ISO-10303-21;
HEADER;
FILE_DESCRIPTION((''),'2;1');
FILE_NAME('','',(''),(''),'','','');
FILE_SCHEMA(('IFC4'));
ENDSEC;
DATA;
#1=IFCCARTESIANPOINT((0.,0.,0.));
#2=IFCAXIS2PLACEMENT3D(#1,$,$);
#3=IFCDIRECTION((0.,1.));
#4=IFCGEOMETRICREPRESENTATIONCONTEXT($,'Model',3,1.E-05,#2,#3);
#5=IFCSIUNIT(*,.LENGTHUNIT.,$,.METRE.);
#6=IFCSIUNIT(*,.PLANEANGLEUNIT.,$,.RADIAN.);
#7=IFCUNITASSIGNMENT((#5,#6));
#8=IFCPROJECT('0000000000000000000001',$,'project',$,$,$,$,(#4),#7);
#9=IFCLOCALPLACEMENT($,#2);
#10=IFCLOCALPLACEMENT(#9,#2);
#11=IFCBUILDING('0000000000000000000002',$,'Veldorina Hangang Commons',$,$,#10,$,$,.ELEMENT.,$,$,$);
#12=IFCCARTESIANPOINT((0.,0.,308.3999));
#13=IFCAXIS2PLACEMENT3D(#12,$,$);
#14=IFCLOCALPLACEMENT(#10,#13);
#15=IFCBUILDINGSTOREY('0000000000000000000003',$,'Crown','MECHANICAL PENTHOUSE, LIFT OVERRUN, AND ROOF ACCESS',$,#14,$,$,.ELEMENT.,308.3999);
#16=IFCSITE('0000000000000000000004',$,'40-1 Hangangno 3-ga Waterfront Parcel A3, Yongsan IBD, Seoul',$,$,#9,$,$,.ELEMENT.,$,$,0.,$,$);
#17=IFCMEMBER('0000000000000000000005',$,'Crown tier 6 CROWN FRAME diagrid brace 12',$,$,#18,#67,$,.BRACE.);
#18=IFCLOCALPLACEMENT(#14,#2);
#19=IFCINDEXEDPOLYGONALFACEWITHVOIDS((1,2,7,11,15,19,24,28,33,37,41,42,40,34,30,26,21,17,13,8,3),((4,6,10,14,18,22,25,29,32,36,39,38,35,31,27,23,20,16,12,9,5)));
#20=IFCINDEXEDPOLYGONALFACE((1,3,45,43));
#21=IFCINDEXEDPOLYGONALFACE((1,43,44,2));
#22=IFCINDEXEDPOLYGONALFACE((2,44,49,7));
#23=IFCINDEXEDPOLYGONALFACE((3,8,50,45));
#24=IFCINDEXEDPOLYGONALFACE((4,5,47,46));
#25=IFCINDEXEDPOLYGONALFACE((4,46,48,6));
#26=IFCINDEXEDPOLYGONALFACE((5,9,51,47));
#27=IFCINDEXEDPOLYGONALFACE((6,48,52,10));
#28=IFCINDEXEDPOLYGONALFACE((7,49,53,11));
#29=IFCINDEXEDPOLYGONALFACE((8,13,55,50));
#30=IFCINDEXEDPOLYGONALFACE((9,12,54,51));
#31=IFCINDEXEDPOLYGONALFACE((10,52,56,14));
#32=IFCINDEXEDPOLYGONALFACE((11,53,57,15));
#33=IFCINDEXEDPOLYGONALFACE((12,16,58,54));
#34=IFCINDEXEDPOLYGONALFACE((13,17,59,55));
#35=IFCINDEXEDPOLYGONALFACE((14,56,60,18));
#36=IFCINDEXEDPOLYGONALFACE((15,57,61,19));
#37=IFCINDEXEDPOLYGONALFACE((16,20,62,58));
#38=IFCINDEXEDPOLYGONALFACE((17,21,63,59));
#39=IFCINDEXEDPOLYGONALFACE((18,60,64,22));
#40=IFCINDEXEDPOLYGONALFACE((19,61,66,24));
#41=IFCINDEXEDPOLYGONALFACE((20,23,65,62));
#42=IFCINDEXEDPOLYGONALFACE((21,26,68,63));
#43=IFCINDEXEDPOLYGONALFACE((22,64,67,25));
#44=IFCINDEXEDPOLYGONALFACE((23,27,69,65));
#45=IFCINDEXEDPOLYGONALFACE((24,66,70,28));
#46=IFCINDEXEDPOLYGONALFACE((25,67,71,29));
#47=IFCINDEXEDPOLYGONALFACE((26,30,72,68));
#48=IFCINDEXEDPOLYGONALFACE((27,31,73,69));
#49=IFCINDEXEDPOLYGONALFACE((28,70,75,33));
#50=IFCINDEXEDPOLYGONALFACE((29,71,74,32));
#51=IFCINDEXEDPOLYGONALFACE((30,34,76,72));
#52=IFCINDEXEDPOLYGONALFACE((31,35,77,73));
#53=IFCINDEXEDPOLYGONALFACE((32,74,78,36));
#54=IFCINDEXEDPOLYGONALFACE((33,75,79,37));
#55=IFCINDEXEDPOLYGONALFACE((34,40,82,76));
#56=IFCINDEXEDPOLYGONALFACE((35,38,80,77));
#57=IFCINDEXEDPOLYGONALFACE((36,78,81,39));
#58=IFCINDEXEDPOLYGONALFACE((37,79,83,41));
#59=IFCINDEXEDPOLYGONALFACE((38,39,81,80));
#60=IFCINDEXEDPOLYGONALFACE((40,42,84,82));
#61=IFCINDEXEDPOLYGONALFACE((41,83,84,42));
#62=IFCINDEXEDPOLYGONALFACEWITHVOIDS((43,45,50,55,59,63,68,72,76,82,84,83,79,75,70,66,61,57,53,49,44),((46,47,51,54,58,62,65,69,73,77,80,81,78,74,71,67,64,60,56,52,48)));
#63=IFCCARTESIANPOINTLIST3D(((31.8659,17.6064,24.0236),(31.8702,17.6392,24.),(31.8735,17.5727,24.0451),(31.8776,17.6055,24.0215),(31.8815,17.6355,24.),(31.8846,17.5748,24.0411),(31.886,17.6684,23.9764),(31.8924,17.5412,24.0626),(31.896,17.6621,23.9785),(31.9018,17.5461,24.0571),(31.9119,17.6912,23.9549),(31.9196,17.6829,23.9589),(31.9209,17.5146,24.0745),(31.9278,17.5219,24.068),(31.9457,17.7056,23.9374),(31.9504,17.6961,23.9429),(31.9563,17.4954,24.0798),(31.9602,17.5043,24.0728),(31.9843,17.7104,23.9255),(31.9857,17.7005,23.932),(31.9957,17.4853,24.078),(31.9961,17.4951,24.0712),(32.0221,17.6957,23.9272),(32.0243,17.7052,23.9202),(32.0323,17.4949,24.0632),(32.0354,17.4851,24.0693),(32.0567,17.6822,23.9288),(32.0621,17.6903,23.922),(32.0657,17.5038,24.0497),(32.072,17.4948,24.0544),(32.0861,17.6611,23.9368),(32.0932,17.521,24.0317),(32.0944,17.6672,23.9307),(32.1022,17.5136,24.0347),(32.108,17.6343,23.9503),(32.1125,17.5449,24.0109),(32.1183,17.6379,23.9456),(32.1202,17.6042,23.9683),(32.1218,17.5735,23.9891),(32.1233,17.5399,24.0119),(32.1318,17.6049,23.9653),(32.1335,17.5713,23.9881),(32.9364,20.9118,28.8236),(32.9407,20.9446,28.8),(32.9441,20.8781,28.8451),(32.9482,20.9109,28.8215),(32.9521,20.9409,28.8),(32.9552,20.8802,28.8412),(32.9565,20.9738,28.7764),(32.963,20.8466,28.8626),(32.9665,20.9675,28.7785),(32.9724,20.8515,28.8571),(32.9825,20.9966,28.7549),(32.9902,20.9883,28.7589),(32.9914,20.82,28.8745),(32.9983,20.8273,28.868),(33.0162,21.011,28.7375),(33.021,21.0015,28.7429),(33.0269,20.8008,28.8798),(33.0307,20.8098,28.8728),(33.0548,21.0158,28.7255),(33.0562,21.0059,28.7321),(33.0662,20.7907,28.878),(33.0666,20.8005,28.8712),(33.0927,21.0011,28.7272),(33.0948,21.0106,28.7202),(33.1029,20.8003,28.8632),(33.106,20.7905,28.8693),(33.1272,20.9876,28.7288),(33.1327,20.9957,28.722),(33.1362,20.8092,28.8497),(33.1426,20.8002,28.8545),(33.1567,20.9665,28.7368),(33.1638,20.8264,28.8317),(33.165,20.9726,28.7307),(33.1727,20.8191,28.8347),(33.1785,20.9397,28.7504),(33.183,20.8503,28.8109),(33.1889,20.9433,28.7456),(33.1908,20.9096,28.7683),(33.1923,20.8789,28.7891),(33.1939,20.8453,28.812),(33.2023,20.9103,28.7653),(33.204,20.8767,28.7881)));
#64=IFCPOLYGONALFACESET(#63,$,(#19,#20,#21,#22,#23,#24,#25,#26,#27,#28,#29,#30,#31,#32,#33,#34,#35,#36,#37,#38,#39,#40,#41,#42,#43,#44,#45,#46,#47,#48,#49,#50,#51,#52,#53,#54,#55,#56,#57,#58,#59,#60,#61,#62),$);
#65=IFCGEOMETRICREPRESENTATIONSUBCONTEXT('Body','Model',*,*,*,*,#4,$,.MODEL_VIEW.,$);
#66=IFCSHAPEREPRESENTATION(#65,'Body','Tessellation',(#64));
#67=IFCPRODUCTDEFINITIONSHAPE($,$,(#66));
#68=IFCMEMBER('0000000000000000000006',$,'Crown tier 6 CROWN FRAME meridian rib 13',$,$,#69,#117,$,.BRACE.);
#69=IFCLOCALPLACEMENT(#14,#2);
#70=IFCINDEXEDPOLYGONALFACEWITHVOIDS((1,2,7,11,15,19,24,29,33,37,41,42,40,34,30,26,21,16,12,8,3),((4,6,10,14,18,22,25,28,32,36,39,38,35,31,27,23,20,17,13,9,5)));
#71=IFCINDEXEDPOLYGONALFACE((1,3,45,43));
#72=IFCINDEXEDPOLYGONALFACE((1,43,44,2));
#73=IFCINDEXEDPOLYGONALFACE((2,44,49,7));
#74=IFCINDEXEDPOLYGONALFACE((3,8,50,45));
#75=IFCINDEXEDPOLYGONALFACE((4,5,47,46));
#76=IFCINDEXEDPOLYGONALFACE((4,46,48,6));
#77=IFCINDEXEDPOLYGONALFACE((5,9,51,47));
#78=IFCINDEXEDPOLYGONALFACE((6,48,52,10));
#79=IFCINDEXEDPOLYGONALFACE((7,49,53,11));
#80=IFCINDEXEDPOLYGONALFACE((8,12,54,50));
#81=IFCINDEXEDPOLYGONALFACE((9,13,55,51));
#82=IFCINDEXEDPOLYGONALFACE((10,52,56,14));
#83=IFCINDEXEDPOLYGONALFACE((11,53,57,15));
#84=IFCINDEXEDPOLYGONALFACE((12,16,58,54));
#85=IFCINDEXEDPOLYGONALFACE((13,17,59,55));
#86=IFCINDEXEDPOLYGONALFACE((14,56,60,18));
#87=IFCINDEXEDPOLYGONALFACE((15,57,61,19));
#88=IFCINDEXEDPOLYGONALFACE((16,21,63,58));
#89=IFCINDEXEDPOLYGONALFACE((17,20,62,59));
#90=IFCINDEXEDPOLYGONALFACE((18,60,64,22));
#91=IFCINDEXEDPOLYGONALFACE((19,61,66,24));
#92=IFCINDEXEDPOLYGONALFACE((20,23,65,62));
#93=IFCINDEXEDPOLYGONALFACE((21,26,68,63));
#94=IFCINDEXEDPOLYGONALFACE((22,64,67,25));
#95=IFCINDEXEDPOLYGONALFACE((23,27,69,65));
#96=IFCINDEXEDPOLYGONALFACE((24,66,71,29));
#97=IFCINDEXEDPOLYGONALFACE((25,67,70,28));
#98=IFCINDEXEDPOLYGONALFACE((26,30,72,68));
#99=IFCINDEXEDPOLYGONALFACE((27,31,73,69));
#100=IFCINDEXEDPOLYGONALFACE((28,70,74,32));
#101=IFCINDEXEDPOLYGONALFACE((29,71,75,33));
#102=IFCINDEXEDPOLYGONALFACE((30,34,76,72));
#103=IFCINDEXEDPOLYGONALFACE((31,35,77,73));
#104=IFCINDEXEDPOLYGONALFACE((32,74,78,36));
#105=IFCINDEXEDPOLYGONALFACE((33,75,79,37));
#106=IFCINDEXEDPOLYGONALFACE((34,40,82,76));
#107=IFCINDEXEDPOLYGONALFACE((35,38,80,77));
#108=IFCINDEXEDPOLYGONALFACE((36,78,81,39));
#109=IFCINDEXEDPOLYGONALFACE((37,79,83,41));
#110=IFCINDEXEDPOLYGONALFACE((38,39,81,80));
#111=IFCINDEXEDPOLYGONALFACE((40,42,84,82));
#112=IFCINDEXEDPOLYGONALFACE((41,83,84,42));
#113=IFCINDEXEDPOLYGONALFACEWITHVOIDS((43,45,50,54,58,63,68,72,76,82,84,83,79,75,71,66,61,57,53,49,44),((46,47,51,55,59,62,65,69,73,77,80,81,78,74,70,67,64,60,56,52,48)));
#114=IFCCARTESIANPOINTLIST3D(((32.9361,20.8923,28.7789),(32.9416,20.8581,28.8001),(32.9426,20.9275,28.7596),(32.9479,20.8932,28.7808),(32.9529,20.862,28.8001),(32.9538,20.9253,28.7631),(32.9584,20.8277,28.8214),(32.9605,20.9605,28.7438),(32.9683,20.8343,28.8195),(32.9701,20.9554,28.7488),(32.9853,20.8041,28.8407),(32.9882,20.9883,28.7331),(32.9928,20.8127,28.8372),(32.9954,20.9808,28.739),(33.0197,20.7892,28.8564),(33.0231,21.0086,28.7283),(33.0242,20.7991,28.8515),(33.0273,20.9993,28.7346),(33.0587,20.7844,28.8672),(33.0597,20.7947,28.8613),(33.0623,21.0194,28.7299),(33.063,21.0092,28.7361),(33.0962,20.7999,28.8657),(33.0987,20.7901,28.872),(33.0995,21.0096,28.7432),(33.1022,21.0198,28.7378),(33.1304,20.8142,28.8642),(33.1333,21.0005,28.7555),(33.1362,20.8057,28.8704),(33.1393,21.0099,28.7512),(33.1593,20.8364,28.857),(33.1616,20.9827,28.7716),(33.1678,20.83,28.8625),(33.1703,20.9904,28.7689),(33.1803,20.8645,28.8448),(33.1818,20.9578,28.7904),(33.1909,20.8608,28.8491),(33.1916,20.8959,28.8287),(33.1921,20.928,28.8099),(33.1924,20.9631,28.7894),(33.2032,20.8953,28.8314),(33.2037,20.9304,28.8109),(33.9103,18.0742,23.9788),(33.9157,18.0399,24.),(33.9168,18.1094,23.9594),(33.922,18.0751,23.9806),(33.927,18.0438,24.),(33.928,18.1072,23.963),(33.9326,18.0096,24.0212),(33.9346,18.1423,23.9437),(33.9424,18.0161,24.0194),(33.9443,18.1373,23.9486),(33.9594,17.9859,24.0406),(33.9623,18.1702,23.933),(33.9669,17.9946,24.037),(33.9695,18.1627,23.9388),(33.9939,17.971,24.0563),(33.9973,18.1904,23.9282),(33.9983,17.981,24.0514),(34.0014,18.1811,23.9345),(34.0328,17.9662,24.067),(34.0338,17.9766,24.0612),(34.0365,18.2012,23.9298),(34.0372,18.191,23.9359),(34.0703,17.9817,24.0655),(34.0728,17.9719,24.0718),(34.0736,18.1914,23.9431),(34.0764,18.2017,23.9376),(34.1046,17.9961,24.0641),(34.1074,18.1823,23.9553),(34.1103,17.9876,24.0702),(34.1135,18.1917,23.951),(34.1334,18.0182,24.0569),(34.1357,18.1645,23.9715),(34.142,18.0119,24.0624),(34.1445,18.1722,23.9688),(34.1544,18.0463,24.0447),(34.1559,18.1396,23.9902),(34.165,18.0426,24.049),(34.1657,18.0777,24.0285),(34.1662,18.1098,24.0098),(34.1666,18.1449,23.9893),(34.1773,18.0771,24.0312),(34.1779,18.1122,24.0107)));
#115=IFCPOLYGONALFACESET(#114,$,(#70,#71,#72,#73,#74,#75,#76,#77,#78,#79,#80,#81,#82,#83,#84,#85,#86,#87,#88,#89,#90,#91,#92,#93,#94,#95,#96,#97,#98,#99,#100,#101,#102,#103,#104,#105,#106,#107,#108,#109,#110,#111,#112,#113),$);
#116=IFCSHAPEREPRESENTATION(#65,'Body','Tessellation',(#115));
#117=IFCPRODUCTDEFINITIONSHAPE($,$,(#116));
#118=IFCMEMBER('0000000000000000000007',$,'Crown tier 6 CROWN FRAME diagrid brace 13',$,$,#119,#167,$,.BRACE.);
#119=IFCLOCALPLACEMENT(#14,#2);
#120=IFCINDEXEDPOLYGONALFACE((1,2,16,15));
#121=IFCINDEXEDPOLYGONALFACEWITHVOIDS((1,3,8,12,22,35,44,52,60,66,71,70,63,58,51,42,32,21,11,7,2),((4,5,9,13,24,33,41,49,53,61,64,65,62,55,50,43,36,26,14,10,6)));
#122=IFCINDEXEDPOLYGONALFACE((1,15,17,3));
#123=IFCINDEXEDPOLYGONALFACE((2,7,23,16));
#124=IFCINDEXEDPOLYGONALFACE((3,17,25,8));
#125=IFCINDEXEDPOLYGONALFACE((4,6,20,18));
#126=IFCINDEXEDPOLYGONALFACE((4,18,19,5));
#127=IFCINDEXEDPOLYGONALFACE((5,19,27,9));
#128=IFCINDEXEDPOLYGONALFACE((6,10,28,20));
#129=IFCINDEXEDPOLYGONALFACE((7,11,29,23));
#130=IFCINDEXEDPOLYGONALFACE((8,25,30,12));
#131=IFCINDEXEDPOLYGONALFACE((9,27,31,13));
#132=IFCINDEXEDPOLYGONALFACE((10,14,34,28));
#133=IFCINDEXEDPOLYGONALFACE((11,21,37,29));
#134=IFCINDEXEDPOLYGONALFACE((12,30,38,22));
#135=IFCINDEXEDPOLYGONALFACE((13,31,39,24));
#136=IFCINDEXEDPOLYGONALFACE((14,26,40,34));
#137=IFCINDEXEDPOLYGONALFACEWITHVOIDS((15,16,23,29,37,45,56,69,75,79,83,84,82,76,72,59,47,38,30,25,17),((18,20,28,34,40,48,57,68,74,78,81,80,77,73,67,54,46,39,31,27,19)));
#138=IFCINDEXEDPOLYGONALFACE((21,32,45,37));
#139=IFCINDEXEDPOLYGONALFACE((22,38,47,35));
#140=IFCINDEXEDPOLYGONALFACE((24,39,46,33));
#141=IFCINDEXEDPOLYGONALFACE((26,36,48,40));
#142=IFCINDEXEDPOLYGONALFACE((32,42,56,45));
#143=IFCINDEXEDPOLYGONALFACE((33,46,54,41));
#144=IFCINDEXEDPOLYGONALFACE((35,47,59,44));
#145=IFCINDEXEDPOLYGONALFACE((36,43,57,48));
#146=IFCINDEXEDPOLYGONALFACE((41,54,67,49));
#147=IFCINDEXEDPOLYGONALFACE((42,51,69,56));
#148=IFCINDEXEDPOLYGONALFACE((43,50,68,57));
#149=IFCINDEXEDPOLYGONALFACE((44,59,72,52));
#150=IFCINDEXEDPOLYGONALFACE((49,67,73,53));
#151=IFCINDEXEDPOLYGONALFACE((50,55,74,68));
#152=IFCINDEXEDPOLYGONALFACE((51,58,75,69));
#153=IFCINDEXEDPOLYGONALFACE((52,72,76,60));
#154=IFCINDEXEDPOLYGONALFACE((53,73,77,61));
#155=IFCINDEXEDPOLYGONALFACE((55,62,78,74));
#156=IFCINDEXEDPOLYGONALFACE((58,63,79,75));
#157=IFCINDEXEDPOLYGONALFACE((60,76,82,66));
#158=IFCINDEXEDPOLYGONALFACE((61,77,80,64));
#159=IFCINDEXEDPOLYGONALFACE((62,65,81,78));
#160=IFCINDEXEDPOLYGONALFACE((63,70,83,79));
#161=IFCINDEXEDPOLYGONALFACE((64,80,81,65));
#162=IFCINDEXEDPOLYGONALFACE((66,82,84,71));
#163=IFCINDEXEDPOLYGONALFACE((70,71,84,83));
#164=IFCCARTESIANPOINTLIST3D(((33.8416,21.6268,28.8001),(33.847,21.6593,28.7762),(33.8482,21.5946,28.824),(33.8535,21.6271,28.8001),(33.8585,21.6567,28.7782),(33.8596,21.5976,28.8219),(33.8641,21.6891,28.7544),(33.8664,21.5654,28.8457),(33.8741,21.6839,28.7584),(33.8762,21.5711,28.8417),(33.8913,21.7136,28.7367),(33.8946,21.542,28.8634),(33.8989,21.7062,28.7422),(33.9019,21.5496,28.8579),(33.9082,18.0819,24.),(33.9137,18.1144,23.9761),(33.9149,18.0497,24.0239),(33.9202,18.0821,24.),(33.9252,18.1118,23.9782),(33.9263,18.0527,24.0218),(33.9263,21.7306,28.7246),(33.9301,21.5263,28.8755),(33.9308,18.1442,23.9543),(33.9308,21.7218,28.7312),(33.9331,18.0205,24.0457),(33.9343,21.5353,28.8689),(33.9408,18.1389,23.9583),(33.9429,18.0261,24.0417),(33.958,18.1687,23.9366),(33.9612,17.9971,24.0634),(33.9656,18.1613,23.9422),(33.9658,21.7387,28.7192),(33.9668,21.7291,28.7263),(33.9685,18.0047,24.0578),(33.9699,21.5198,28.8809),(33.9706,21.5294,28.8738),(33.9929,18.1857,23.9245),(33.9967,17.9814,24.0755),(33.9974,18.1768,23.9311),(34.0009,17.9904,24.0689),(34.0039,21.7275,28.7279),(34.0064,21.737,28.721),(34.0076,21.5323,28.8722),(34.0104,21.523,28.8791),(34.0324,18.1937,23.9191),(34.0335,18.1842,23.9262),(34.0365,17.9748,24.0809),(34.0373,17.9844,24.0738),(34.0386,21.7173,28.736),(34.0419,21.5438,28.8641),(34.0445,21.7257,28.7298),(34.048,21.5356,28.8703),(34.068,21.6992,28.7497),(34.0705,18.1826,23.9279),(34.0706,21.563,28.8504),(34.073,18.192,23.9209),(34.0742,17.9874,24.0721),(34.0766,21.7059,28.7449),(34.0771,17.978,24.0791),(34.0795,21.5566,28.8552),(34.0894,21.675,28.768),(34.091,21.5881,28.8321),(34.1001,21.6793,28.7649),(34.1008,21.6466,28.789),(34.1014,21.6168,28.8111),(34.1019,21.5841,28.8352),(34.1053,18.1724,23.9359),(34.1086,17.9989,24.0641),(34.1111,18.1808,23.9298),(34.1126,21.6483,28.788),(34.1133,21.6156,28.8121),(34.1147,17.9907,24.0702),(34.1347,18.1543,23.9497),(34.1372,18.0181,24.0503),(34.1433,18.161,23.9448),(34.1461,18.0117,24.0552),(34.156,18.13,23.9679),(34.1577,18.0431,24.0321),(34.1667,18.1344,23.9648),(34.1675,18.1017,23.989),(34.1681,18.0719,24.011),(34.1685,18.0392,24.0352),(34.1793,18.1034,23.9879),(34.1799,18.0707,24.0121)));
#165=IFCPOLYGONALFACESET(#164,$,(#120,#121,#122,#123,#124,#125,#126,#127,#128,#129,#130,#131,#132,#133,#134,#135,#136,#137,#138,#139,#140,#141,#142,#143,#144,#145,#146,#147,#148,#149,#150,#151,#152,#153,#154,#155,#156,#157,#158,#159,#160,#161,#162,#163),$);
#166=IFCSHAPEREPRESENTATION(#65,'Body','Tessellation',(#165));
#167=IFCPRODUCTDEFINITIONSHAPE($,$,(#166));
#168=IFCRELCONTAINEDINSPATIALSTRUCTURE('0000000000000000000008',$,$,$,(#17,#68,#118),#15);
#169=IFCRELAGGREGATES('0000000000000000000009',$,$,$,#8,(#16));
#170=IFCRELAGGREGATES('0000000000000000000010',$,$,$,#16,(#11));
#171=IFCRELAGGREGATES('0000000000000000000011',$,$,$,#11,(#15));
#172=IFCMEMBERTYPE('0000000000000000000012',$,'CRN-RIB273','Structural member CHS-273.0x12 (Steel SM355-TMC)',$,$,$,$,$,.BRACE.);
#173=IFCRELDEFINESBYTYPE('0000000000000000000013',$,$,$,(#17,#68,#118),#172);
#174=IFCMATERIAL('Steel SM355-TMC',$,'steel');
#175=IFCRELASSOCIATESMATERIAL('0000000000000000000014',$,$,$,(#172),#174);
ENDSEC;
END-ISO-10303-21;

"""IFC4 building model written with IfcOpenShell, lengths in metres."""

from ifc_helpers import new_model, si_unit, direction, frame, origin, origin_2d, place, context, subcontext, project, spatial, hollow_circle, extrude, material, material_profile, profile_set, type_object, element, save


model = new_model("IFC4")

# Units and contexts
model_context = context("Model", 3, precision=1e-05, world=origin(), true_north=direction((0.0, 1.0)))
body_context = subcontext(model_context, "Body", "Model", "MODEL_VIEW")
ifc_project = project(units=[si_unit("LENGTHUNIT", "METRE"), si_unit("PLANEANGLEUNIT", "RADIAN")], contexts=[model_context])

# Site, building, storey
site_placement = place(None, origin())
site = spatial("IfcSite", under=ifc_project, at=site_placement, Name="40-1 Hangangno 3-ga Waterfront Parcel A3, Yongsan IBD, Seoul", CompositionType="ELEMENT", RefElevation=0.0)
building_placement = place(site_placement, origin())
building = spatial("IfcBuilding", under=site, at=building_placement, Name="Veldorina Hangang Commons", CompositionType="ELEMENT")
storey_placement = place(building_placement, frame((0.0, 0.0, 308.3999)))
storey = spatial("IfcBuildingStorey", under=building, at=storey_placement, Name="Crown", Description="MECHANICAL PENTHOUSE, LIFT OVERRUN, AND ROOF ACCESS", CompositionType="ELEMENT", Elevation=308.3999)

# Members
ifc_material_1 = material(Name="Steel SM355-TMC", Category="steel")
ifc_material_profile_1 = material_profile(ifc_material_1, hollow_circle(Radius=0.1365, WallThickness=0.012, at=origin_2d()), Name="CHS-273.0x12")
ifc_profile_set_1 = profile_set([ifc_material_profile_1], Name="Steel SM355-TMC")
member_type_1 = type_object("IfcMemberType", Name="CRN-RIB273", Description="Structural member CHS-273.0x12 (Steel SM355-TMC)", PredefinedType="BRACE", material=ifc_profile_set_1)
member_1_placement = place(storey_placement, frame((32.0, 17.5972, 24.0), z_axis=(0.180667, 0.557823, 0.810057), x_axis=(-0.951347, 0.308121, 0.0)))
element("IfcMember", 1, at=member_1_placement, inside=storey, type_object=member_type_1, Name="Crown tier 6 CROWN FRAME diagrid brace 12", PredefinedType="BRACE", context=body_context, shape_type="SweptSolid", body=[
    extrude(hollow_circle(Radius=0.1365, WallThickness=0.012, at=origin_2d()), origin(), (0.0, 0.0, 1.0), 5.9255),
])
member_2_placement = place(storey_placement, frame((34.0447, 18.0845, 24.0), z_axis=(-0.172387, 0.498714, 0.849451), x_axis=(-0.945129, -0.326697, 0.0)))
element("IfcMember", 2, at=member_2_placement, inside=storey, type_object=member_type_1, Name="Crown tier 6 CROWN FRAME meridian rib 13", PredefinedType="BRACE", context=body_context, shape_type="SweptSolid", body=[
    extrude(hollow_circle(Radius=0.1365, WallThickness=0.012, at=origin_2d()), origin(), (0.0, 0.0, 1.0), 5.6509),
])
member_3_placement = place(storey_placement, frame((34.0447, 18.0845, 24.0), z_axis=(-0.011169, 0.594035, 0.804361), x_axis=(-0.999823, -0.018798, 0.0)))
element("IfcMember", 3, at=member_3_placement, inside=storey, type_object=member_type_1, Name="Crown tier 6 CROWN FRAME diagrid brace 13", PredefinedType="BRACE", context=body_context, shape_type="SweptSolid", body=[
    extrude(hollow_circle(Radius=0.1365, WallThickness=0.012, at=origin_2d()), origin(), (0.0, 0.0, 1.0), 5.9675),
])

save(model, "model.ifc")
